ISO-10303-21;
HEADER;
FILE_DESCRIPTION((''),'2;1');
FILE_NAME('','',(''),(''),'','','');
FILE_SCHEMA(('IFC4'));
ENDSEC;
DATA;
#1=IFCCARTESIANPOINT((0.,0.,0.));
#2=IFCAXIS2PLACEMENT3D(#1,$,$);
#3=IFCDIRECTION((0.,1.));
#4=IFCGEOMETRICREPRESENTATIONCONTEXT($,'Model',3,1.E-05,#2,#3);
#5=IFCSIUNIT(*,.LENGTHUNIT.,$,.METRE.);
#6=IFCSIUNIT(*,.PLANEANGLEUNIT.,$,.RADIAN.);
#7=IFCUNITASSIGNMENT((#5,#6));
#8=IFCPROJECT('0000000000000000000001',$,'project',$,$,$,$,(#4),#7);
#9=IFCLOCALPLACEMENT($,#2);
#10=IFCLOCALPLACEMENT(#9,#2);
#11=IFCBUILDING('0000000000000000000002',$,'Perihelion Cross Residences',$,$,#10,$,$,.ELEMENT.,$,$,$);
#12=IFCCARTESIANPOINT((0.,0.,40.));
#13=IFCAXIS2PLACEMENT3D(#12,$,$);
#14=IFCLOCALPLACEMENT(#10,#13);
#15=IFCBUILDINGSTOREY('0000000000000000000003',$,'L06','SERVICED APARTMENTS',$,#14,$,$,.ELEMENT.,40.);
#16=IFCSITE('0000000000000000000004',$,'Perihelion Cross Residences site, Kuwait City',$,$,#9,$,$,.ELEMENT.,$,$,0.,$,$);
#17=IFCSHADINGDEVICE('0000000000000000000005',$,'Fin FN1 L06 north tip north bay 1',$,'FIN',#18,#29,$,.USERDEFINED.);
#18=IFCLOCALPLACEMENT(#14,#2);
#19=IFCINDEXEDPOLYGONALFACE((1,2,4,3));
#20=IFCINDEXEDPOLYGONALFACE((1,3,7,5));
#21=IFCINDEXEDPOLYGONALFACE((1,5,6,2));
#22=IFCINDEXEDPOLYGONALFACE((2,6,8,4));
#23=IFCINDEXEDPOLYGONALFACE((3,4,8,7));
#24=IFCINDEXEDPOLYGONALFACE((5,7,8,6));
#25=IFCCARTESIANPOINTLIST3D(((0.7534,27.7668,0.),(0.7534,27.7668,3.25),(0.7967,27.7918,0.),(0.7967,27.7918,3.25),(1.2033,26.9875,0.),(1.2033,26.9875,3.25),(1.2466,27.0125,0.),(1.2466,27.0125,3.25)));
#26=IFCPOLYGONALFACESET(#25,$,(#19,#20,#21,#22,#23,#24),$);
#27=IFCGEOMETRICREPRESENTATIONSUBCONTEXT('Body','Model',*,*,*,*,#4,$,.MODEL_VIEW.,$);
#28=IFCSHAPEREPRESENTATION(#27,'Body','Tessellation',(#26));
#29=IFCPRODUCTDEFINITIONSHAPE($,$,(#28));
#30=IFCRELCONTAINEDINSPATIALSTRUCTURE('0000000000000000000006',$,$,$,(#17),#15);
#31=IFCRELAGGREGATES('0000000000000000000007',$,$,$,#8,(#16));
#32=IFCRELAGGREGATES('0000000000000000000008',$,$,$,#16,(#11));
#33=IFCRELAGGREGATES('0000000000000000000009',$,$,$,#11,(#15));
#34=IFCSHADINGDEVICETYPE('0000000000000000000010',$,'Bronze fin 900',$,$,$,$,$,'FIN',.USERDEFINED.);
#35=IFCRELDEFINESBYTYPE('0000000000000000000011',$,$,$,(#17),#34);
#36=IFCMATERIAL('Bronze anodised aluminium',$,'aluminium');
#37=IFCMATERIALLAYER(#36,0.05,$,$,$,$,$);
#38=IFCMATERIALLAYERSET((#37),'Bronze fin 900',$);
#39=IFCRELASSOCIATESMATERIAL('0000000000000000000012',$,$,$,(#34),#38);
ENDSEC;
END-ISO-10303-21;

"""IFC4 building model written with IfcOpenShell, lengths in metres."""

from ifc_helpers import new_model, si_unit, direction, frame, origin, origin_2d, place, context, subcontext, project, spatial, rectangle, extrude, material, layer, layer_set, type_object, element, save


model = new_model("IFC4")

# Units and contexts
model_context = context("Model", 3, precision=1e-05, world=origin(), true_north=direction((0.0, 1.0)))
body_context = subcontext(model_context, "Body", "Model", "MODEL_VIEW")
ifc_project = project(units=[si_unit("LENGTHUNIT", "METRE"), si_unit("PLANEANGLEUNIT", "RADIAN")], contexts=[model_context])

# Site, building, storey
site_placement = place(None, origin())
site = spatial("IfcSite", under=ifc_project, at=site_placement, Name="Perihelion Cross Residences site, Kuwait City", CompositionType="ELEMENT", RefElevation=0.0)
building_placement = place(site_placement, origin())
building = spatial("IfcBuilding", under=site, at=building_placement, Name="Perihelion Cross Residences", CompositionType="ELEMENT")
storey_placement = place(building_placement, frame((0.0, 0.0, 40.0)))
storey = spatial("IfcBuildingStorey", under=building, at=storey_placement, Name="L06", Description="SERVICED APARTMENTS", CompositionType="ELEMENT", Elevation=40.0)

# Shading device
ifc_material_1 = material(Name="Bronze anodised aluminium", Category="aluminium")
ifc_layer_1 = layer(ifc_material_1, 0.05)
ifc_layer_set_1 = layer_set([ifc_layer_1], Name="Bronze fin 900")
shading_device_type = type_object("IfcShadingDeviceType", Name="Bronze fin 900", ElementType="FIN", PredefinedType="USERDEFINED", material=ifc_layer_set_1)
shading_device_placement = place(storey_placement, frame((1.0, 27.3896, 0.0), z_axis=(0.0, 0.0, 1.0), x_axis=(-0.5, 0.866025, 0.0)))
element("IfcShadingDevice", 1, at=shading_device_placement, inside=storey, type_object=shading_device_type, Name="Fin FN1 L06 north tip north bay 1", ObjectType="FIN", PredefinedType="USERDEFINED", context=body_context, shape_type="SweptSolid", body=[
    extrude(rectangle(XDim=0.8999, YDim=0.05, at=origin_2d()), origin(), (0.0, 0.0, 1.0), 3.25),
])

save(model, "model.ifc")
